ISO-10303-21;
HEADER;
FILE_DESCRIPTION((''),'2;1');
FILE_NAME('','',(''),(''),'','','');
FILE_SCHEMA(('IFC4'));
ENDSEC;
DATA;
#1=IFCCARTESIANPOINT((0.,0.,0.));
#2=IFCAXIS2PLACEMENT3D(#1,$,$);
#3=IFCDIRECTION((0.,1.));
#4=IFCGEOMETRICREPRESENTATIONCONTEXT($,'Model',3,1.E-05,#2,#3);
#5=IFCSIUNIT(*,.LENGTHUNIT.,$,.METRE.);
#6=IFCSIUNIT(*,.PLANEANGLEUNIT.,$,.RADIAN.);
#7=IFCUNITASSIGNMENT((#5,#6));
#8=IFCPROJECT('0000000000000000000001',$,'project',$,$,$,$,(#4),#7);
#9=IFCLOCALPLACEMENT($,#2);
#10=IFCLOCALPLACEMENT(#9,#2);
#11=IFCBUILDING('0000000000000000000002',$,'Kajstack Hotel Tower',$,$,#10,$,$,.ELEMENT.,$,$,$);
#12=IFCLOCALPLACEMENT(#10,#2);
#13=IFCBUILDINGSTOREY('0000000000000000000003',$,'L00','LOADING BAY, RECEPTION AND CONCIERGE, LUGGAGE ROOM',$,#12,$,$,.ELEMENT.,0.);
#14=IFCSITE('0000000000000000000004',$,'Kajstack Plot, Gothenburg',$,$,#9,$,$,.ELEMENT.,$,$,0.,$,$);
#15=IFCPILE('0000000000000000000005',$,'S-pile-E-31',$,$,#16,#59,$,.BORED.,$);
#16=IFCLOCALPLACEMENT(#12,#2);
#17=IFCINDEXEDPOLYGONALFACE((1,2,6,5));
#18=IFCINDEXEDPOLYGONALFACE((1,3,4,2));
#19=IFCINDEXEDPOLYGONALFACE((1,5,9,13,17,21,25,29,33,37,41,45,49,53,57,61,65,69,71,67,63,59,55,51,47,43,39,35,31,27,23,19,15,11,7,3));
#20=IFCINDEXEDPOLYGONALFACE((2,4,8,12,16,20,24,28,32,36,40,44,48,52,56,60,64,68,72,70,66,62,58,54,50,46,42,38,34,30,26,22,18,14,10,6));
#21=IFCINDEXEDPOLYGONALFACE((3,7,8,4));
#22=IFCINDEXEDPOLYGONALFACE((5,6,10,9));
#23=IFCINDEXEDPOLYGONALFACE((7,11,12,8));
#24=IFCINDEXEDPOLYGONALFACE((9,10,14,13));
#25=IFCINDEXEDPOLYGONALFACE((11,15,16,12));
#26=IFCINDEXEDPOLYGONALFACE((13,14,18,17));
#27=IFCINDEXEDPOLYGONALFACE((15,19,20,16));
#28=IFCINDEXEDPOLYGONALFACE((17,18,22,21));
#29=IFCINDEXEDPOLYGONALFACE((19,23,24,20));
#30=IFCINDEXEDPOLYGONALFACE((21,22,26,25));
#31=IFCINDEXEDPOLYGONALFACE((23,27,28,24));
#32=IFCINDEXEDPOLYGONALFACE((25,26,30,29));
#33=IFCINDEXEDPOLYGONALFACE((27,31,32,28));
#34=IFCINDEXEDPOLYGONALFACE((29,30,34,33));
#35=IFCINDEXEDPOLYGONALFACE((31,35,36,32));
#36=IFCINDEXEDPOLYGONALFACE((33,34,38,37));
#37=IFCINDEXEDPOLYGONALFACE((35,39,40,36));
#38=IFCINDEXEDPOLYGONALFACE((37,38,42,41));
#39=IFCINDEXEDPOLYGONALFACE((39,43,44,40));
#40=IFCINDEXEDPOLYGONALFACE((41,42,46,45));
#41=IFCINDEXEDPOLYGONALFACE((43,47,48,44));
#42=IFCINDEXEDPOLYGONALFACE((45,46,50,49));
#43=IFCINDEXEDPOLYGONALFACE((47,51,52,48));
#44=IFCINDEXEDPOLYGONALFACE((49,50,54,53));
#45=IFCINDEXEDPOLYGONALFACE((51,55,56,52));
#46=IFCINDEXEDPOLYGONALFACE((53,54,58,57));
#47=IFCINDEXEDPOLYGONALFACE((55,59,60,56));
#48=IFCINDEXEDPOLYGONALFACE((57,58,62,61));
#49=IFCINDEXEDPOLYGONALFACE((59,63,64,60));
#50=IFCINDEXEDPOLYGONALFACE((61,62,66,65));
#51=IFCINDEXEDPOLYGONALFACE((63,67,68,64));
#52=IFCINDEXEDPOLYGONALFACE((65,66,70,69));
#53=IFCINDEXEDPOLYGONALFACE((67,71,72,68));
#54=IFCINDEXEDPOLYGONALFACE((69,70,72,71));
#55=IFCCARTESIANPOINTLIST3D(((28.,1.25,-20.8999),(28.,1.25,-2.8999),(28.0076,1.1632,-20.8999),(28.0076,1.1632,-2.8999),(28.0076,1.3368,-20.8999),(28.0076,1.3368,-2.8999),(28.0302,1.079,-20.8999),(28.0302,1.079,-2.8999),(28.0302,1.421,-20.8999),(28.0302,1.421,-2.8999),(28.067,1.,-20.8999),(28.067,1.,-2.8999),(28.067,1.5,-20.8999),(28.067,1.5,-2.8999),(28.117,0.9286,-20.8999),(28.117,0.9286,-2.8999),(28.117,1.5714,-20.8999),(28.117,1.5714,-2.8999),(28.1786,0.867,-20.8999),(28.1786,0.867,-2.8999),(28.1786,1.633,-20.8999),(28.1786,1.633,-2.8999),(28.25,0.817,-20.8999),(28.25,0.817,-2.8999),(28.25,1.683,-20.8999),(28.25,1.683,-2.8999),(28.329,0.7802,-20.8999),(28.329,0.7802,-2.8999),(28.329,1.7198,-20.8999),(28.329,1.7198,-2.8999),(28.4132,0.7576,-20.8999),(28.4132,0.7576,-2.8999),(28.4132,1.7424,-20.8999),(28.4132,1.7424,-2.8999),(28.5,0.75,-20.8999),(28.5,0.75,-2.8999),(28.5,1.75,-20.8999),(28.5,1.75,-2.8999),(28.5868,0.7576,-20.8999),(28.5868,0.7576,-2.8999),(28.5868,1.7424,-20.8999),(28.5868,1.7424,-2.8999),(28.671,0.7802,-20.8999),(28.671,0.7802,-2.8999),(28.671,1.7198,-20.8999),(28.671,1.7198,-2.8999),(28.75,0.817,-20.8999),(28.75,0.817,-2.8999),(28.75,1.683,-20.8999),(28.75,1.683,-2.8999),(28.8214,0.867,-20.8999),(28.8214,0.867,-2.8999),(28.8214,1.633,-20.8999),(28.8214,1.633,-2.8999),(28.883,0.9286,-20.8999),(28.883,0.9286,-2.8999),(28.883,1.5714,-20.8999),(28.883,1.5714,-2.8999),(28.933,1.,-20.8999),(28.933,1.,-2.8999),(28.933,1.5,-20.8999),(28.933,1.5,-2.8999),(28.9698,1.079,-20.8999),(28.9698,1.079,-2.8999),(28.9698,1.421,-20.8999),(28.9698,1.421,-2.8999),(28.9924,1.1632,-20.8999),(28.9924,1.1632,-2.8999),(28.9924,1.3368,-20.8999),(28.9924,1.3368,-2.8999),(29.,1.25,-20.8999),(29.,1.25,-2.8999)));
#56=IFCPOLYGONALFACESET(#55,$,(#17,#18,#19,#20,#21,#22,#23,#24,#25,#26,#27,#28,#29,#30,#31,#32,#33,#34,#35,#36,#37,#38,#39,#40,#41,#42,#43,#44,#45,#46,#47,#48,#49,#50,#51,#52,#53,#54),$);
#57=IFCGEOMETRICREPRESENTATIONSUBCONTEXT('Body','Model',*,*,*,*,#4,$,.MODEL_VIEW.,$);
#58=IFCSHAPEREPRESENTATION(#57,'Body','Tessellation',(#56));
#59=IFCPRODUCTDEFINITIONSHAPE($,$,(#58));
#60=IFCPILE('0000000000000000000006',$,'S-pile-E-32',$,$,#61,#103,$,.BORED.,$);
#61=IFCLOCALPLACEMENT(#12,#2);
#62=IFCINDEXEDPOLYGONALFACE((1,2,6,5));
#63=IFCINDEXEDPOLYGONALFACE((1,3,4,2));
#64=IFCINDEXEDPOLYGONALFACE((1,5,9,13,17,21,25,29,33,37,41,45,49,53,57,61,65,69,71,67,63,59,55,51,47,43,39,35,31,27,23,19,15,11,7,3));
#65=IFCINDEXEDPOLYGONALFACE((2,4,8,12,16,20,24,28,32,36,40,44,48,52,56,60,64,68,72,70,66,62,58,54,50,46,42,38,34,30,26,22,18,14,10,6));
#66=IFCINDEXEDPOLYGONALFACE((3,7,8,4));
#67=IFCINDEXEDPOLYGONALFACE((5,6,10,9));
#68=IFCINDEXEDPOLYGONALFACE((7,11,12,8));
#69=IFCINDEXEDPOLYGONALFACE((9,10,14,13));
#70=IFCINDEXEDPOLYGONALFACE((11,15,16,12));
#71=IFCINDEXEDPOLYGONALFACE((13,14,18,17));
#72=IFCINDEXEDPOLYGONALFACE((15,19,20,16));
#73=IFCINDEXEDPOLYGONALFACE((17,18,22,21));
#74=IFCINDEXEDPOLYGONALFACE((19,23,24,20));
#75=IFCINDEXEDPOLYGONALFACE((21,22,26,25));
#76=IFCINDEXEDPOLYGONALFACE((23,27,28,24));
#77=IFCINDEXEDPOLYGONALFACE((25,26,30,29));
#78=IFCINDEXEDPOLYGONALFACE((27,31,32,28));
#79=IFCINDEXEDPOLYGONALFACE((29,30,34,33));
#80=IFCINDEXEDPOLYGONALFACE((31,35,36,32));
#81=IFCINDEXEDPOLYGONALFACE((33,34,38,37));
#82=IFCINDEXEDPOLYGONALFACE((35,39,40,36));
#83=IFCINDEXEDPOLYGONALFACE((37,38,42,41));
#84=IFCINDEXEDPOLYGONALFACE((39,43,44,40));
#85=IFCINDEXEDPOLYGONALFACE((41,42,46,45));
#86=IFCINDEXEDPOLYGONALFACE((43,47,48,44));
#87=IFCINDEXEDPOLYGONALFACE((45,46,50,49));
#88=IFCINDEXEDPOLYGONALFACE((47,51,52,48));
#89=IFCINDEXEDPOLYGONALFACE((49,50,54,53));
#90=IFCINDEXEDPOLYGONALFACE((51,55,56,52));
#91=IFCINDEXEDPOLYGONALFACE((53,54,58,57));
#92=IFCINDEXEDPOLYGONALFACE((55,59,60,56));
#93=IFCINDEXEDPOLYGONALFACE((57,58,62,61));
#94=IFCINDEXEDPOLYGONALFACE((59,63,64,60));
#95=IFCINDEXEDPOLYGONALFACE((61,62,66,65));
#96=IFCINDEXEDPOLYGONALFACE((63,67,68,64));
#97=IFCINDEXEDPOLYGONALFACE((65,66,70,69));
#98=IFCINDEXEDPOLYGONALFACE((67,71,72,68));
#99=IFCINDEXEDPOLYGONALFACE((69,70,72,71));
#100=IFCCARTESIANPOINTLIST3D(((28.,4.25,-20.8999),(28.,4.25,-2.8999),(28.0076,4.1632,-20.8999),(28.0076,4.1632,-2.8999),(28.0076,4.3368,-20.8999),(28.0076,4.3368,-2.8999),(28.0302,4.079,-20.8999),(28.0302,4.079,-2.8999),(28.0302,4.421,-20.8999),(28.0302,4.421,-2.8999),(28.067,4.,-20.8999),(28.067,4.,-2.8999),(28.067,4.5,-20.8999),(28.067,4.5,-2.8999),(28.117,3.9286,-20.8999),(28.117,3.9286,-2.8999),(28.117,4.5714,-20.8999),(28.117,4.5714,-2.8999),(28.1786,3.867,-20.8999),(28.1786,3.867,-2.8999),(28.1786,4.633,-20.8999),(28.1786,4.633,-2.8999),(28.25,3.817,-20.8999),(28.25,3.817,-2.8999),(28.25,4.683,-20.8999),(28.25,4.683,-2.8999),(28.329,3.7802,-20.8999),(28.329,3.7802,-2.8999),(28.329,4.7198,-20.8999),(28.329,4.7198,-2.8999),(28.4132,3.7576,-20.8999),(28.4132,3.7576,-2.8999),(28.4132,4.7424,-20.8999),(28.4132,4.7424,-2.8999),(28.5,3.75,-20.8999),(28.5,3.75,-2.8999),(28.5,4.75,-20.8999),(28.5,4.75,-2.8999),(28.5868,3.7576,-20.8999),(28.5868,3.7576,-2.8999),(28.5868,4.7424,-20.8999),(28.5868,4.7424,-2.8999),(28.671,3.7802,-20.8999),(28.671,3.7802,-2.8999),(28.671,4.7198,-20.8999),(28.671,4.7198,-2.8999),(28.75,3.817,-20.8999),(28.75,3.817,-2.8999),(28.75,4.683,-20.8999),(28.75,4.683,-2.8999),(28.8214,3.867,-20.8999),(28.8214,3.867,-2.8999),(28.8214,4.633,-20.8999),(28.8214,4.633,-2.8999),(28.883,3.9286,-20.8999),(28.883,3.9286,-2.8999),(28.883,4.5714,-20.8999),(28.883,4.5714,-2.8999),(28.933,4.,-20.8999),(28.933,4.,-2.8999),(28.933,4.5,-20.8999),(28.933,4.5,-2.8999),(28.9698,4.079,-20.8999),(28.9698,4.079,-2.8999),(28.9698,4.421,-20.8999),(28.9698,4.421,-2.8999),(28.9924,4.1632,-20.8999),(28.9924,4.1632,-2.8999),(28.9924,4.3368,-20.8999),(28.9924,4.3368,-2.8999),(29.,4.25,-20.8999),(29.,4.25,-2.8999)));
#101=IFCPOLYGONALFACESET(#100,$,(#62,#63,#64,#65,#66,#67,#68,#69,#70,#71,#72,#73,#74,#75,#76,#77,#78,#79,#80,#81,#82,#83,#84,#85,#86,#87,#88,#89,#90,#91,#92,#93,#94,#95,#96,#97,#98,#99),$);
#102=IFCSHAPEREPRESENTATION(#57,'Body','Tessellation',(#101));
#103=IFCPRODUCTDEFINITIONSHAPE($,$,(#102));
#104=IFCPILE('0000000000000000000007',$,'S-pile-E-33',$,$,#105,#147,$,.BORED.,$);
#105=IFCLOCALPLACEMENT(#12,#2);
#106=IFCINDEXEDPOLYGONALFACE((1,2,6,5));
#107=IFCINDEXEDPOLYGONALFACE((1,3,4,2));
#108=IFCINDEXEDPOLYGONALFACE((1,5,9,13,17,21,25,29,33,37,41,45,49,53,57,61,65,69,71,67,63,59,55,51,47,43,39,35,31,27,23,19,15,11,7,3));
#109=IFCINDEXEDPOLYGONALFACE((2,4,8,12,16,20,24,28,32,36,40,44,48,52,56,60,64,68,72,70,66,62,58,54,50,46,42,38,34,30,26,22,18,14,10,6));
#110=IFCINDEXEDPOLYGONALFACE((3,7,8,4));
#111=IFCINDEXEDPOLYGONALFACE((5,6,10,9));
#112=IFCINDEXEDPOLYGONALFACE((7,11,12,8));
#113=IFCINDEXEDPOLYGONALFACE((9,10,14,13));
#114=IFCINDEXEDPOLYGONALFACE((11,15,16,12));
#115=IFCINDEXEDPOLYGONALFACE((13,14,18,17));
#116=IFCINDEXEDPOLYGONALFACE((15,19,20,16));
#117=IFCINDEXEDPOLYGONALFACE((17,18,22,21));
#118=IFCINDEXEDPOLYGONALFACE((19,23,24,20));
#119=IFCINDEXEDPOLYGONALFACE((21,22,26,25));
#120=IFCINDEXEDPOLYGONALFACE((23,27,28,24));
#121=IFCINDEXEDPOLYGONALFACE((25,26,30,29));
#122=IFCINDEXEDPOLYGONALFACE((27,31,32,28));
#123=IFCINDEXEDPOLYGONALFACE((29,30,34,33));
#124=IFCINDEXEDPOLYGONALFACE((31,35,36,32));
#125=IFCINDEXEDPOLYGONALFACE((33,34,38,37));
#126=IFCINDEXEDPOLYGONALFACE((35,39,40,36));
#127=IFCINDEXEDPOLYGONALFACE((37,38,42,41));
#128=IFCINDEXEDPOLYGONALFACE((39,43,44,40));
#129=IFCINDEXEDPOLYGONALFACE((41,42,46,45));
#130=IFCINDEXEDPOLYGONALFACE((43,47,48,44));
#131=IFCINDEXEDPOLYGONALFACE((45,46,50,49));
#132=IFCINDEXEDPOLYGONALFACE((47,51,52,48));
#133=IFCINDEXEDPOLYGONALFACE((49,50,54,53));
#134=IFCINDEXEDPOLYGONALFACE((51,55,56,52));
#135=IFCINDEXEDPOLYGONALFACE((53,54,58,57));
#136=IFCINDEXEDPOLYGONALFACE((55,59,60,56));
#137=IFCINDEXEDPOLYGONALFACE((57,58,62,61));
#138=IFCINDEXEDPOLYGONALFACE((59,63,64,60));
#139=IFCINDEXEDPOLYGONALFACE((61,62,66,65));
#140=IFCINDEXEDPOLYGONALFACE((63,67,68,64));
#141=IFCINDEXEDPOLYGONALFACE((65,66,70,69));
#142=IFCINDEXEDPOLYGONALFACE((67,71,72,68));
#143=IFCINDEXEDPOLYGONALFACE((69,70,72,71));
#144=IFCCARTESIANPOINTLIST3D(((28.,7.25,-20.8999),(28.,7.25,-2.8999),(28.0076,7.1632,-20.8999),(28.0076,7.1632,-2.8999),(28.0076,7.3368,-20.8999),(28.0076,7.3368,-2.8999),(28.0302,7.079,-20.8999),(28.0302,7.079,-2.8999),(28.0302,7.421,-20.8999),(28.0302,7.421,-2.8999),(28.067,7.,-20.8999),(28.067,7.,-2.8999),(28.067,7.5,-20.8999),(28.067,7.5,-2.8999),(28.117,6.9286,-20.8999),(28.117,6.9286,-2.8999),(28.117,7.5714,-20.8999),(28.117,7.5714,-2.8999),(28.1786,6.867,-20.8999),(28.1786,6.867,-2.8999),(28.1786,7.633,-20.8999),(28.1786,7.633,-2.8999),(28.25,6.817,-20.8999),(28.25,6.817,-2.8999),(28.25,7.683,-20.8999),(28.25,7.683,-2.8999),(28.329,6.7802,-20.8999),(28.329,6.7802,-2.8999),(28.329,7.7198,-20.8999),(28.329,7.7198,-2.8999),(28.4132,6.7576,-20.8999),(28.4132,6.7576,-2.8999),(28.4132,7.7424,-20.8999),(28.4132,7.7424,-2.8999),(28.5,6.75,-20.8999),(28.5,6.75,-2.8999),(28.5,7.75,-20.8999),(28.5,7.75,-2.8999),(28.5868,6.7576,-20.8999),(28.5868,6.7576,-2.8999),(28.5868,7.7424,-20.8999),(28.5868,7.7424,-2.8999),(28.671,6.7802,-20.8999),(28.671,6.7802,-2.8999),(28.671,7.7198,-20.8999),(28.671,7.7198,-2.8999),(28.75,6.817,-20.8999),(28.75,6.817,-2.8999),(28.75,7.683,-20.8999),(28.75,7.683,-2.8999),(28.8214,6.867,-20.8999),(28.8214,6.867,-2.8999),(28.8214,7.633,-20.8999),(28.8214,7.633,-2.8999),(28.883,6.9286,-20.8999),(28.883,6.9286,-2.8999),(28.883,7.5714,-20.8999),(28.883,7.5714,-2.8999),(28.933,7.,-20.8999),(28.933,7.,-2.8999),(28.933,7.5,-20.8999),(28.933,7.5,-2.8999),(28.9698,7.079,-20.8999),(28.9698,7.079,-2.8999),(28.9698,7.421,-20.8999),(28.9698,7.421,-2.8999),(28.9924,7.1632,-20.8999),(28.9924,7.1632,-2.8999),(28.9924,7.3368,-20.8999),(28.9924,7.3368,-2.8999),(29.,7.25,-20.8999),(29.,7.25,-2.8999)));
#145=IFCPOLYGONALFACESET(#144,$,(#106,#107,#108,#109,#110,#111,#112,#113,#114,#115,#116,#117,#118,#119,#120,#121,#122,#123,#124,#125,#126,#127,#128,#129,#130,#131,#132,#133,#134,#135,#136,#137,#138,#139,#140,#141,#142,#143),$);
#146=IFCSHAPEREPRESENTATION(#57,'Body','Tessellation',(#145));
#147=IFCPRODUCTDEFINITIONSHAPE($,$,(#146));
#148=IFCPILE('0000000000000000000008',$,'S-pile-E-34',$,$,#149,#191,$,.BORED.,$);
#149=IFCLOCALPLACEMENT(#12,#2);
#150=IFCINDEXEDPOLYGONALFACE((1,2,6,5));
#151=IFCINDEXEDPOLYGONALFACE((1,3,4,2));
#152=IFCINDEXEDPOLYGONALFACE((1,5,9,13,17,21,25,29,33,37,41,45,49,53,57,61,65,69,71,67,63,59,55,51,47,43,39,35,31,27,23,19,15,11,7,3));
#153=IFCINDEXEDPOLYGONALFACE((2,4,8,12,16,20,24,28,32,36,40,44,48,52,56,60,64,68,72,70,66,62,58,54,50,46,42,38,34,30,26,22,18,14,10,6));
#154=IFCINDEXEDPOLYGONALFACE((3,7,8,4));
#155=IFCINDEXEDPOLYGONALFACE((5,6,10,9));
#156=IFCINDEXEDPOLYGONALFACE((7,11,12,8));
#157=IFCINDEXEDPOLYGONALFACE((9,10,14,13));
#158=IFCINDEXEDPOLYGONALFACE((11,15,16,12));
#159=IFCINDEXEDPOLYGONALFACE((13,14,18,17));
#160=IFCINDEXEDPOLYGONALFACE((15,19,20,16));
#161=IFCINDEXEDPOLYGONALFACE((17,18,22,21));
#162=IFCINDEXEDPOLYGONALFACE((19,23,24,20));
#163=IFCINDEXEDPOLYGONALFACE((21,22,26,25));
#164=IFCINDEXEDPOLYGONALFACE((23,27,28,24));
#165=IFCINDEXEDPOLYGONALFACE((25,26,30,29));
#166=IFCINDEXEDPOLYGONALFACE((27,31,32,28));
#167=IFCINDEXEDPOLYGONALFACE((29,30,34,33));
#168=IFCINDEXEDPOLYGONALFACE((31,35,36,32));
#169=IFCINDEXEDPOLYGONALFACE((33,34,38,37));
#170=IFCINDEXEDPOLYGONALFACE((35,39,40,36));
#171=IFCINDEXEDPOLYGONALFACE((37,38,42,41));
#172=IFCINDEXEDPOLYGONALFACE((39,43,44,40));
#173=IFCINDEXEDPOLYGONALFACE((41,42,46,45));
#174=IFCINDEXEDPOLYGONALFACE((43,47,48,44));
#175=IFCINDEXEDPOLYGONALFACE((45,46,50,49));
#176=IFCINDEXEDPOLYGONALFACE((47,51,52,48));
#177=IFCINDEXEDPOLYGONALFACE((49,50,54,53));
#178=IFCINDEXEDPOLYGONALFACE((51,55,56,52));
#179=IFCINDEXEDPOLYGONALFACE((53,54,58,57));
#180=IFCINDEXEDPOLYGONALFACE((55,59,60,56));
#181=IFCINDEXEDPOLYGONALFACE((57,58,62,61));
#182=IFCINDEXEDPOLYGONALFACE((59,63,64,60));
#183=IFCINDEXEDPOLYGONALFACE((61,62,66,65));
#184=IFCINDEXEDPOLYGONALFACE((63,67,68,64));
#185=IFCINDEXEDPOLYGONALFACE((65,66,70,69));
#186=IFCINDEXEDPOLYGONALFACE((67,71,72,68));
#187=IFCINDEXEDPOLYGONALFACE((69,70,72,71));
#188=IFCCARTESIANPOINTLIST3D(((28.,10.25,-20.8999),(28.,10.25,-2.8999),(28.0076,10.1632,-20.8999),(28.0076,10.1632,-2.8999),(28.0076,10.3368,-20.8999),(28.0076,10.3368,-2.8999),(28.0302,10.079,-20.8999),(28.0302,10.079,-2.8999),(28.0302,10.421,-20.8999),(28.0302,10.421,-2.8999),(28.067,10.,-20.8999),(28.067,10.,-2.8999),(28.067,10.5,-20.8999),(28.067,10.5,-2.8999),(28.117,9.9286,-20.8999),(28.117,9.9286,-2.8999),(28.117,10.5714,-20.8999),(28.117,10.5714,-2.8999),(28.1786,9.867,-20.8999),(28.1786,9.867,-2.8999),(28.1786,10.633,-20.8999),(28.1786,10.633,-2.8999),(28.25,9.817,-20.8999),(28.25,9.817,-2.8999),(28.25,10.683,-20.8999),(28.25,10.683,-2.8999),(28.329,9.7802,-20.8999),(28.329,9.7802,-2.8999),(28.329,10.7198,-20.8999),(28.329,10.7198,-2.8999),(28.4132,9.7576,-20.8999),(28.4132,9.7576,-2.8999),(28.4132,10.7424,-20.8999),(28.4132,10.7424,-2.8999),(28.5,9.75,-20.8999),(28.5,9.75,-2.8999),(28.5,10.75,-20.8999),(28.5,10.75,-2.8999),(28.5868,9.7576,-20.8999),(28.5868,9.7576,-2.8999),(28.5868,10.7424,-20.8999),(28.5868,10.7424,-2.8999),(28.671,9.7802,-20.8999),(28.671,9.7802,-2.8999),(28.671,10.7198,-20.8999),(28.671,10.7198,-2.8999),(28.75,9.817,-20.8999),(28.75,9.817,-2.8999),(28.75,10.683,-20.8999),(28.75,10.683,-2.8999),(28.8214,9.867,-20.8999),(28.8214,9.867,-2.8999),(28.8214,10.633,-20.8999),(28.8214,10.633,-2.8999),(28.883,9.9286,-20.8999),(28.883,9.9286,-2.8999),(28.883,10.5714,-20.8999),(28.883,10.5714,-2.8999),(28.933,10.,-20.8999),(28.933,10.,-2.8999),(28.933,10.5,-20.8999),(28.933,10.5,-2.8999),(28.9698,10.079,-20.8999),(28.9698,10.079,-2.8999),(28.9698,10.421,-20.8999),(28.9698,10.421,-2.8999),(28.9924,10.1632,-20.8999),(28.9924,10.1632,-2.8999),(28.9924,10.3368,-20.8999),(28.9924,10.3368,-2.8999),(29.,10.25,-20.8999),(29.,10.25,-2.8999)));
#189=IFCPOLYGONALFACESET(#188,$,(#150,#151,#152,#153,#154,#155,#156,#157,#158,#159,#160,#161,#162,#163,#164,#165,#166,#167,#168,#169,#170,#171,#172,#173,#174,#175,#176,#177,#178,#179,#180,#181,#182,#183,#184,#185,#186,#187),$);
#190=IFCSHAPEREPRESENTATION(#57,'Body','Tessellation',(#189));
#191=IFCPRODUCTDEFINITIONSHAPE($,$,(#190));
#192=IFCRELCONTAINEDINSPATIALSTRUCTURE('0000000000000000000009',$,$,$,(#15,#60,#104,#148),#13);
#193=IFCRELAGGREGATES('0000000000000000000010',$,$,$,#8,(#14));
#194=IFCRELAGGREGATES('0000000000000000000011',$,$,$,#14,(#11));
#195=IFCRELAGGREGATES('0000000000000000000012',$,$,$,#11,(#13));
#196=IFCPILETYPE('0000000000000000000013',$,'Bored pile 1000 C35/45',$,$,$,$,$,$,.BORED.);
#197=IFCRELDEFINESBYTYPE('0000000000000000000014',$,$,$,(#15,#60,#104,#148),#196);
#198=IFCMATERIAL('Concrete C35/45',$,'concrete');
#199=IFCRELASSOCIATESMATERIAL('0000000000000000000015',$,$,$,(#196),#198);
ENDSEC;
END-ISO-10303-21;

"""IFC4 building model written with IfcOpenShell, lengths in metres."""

from ifc_helpers import new_model, si_unit, direction, frame, origin, origin_2d, place, context, subcontext, project, spatial, circle, extrude, material, material_profile, profile_set, type_object, element, save


model = new_model("IFC4")

# Units and contexts
model_context = context("Model", 3, precision=1e-05, world=origin(), true_north=direction((0.0, 1.0)))
body_context = subcontext(model_context, "Body", "Model", "MODEL_VIEW")
ifc_project = project(units=[si_unit("LENGTHUNIT", "METRE"), si_unit("PLANEANGLEUNIT", "RADIAN")], contexts=[model_context])

# Site, building, storey
site_placement = place(None, origin())
site = spatial("IfcSite", under=ifc_project, at=site_placement, Name="Kajstack Plot, Gothenburg", CompositionType="ELEMENT", RefElevation=0.0)
building_placement = place(site_placement, origin())
building = spatial("IfcBuilding", under=site, at=building_placement, Name="Kajstack Hotel Tower", CompositionType="ELEMENT")
storey_placement = place(building_placement, origin())
storey = spatial("IfcBuildingStorey", under=building, at=storey_placement, Name="L00", Description="LOADING BAY, RECEPTION AND CONCIERGE, LUGGAGE ROOM", CompositionType="ELEMENT", Elevation=0.0)

# Piles
ifc_material_1 = material(Name="Concrete C35/45", Category="concrete")
ifc_material_profile = material_profile(ifc_material_1, circle(Radius=0.5, at=origin_2d()), Name="RC round 1000")
ifc_profile_set = profile_set([ifc_material_profile], Name="Concrete C35/45")
pile_type = type_object("IfcPileType", Name="Bored pile 1000 C35/45", PredefinedType="BORED", material=ifc_profile_set)
for number, where, z_axis, x_axis, name in (
    (1, (28.5, 1.25, -2.8999), (0.0, 0.0, -1.0), (1.0, 0.0, 0.0), "S-pile-E-31"),
    (2, (28.5, 4.25, -2.8999), (0.0, 0.0, -1.0), (1.0, 0.0, 0.0), "S-pile-E-32"),
    (3, (28.5, 7.25, -2.8999), (0.0, 0.0, -1.0), (1.0, 0.0, 0.0), "S-pile-E-33"),
    (4, (28.5, 10.25, -2.8999), (0.0, 0.0, -1.0), (1.0, 0.0, 0.0), "S-pile-E-34"),
):
    element("IfcPile", number, at=place(storey_placement, frame(where, z_axis=z_axis, x_axis=x_axis)), inside=storey, type_object=pile_type, Name=name, PredefinedType="BORED", context=body_context, shape_type="SweptSolid", body=[
        extrude(circle(Radius=0.5, at=origin_2d()), origin(), (0.0, 0.0, 1.0), 18.0),
    ])

save(model, "model.ifc")
